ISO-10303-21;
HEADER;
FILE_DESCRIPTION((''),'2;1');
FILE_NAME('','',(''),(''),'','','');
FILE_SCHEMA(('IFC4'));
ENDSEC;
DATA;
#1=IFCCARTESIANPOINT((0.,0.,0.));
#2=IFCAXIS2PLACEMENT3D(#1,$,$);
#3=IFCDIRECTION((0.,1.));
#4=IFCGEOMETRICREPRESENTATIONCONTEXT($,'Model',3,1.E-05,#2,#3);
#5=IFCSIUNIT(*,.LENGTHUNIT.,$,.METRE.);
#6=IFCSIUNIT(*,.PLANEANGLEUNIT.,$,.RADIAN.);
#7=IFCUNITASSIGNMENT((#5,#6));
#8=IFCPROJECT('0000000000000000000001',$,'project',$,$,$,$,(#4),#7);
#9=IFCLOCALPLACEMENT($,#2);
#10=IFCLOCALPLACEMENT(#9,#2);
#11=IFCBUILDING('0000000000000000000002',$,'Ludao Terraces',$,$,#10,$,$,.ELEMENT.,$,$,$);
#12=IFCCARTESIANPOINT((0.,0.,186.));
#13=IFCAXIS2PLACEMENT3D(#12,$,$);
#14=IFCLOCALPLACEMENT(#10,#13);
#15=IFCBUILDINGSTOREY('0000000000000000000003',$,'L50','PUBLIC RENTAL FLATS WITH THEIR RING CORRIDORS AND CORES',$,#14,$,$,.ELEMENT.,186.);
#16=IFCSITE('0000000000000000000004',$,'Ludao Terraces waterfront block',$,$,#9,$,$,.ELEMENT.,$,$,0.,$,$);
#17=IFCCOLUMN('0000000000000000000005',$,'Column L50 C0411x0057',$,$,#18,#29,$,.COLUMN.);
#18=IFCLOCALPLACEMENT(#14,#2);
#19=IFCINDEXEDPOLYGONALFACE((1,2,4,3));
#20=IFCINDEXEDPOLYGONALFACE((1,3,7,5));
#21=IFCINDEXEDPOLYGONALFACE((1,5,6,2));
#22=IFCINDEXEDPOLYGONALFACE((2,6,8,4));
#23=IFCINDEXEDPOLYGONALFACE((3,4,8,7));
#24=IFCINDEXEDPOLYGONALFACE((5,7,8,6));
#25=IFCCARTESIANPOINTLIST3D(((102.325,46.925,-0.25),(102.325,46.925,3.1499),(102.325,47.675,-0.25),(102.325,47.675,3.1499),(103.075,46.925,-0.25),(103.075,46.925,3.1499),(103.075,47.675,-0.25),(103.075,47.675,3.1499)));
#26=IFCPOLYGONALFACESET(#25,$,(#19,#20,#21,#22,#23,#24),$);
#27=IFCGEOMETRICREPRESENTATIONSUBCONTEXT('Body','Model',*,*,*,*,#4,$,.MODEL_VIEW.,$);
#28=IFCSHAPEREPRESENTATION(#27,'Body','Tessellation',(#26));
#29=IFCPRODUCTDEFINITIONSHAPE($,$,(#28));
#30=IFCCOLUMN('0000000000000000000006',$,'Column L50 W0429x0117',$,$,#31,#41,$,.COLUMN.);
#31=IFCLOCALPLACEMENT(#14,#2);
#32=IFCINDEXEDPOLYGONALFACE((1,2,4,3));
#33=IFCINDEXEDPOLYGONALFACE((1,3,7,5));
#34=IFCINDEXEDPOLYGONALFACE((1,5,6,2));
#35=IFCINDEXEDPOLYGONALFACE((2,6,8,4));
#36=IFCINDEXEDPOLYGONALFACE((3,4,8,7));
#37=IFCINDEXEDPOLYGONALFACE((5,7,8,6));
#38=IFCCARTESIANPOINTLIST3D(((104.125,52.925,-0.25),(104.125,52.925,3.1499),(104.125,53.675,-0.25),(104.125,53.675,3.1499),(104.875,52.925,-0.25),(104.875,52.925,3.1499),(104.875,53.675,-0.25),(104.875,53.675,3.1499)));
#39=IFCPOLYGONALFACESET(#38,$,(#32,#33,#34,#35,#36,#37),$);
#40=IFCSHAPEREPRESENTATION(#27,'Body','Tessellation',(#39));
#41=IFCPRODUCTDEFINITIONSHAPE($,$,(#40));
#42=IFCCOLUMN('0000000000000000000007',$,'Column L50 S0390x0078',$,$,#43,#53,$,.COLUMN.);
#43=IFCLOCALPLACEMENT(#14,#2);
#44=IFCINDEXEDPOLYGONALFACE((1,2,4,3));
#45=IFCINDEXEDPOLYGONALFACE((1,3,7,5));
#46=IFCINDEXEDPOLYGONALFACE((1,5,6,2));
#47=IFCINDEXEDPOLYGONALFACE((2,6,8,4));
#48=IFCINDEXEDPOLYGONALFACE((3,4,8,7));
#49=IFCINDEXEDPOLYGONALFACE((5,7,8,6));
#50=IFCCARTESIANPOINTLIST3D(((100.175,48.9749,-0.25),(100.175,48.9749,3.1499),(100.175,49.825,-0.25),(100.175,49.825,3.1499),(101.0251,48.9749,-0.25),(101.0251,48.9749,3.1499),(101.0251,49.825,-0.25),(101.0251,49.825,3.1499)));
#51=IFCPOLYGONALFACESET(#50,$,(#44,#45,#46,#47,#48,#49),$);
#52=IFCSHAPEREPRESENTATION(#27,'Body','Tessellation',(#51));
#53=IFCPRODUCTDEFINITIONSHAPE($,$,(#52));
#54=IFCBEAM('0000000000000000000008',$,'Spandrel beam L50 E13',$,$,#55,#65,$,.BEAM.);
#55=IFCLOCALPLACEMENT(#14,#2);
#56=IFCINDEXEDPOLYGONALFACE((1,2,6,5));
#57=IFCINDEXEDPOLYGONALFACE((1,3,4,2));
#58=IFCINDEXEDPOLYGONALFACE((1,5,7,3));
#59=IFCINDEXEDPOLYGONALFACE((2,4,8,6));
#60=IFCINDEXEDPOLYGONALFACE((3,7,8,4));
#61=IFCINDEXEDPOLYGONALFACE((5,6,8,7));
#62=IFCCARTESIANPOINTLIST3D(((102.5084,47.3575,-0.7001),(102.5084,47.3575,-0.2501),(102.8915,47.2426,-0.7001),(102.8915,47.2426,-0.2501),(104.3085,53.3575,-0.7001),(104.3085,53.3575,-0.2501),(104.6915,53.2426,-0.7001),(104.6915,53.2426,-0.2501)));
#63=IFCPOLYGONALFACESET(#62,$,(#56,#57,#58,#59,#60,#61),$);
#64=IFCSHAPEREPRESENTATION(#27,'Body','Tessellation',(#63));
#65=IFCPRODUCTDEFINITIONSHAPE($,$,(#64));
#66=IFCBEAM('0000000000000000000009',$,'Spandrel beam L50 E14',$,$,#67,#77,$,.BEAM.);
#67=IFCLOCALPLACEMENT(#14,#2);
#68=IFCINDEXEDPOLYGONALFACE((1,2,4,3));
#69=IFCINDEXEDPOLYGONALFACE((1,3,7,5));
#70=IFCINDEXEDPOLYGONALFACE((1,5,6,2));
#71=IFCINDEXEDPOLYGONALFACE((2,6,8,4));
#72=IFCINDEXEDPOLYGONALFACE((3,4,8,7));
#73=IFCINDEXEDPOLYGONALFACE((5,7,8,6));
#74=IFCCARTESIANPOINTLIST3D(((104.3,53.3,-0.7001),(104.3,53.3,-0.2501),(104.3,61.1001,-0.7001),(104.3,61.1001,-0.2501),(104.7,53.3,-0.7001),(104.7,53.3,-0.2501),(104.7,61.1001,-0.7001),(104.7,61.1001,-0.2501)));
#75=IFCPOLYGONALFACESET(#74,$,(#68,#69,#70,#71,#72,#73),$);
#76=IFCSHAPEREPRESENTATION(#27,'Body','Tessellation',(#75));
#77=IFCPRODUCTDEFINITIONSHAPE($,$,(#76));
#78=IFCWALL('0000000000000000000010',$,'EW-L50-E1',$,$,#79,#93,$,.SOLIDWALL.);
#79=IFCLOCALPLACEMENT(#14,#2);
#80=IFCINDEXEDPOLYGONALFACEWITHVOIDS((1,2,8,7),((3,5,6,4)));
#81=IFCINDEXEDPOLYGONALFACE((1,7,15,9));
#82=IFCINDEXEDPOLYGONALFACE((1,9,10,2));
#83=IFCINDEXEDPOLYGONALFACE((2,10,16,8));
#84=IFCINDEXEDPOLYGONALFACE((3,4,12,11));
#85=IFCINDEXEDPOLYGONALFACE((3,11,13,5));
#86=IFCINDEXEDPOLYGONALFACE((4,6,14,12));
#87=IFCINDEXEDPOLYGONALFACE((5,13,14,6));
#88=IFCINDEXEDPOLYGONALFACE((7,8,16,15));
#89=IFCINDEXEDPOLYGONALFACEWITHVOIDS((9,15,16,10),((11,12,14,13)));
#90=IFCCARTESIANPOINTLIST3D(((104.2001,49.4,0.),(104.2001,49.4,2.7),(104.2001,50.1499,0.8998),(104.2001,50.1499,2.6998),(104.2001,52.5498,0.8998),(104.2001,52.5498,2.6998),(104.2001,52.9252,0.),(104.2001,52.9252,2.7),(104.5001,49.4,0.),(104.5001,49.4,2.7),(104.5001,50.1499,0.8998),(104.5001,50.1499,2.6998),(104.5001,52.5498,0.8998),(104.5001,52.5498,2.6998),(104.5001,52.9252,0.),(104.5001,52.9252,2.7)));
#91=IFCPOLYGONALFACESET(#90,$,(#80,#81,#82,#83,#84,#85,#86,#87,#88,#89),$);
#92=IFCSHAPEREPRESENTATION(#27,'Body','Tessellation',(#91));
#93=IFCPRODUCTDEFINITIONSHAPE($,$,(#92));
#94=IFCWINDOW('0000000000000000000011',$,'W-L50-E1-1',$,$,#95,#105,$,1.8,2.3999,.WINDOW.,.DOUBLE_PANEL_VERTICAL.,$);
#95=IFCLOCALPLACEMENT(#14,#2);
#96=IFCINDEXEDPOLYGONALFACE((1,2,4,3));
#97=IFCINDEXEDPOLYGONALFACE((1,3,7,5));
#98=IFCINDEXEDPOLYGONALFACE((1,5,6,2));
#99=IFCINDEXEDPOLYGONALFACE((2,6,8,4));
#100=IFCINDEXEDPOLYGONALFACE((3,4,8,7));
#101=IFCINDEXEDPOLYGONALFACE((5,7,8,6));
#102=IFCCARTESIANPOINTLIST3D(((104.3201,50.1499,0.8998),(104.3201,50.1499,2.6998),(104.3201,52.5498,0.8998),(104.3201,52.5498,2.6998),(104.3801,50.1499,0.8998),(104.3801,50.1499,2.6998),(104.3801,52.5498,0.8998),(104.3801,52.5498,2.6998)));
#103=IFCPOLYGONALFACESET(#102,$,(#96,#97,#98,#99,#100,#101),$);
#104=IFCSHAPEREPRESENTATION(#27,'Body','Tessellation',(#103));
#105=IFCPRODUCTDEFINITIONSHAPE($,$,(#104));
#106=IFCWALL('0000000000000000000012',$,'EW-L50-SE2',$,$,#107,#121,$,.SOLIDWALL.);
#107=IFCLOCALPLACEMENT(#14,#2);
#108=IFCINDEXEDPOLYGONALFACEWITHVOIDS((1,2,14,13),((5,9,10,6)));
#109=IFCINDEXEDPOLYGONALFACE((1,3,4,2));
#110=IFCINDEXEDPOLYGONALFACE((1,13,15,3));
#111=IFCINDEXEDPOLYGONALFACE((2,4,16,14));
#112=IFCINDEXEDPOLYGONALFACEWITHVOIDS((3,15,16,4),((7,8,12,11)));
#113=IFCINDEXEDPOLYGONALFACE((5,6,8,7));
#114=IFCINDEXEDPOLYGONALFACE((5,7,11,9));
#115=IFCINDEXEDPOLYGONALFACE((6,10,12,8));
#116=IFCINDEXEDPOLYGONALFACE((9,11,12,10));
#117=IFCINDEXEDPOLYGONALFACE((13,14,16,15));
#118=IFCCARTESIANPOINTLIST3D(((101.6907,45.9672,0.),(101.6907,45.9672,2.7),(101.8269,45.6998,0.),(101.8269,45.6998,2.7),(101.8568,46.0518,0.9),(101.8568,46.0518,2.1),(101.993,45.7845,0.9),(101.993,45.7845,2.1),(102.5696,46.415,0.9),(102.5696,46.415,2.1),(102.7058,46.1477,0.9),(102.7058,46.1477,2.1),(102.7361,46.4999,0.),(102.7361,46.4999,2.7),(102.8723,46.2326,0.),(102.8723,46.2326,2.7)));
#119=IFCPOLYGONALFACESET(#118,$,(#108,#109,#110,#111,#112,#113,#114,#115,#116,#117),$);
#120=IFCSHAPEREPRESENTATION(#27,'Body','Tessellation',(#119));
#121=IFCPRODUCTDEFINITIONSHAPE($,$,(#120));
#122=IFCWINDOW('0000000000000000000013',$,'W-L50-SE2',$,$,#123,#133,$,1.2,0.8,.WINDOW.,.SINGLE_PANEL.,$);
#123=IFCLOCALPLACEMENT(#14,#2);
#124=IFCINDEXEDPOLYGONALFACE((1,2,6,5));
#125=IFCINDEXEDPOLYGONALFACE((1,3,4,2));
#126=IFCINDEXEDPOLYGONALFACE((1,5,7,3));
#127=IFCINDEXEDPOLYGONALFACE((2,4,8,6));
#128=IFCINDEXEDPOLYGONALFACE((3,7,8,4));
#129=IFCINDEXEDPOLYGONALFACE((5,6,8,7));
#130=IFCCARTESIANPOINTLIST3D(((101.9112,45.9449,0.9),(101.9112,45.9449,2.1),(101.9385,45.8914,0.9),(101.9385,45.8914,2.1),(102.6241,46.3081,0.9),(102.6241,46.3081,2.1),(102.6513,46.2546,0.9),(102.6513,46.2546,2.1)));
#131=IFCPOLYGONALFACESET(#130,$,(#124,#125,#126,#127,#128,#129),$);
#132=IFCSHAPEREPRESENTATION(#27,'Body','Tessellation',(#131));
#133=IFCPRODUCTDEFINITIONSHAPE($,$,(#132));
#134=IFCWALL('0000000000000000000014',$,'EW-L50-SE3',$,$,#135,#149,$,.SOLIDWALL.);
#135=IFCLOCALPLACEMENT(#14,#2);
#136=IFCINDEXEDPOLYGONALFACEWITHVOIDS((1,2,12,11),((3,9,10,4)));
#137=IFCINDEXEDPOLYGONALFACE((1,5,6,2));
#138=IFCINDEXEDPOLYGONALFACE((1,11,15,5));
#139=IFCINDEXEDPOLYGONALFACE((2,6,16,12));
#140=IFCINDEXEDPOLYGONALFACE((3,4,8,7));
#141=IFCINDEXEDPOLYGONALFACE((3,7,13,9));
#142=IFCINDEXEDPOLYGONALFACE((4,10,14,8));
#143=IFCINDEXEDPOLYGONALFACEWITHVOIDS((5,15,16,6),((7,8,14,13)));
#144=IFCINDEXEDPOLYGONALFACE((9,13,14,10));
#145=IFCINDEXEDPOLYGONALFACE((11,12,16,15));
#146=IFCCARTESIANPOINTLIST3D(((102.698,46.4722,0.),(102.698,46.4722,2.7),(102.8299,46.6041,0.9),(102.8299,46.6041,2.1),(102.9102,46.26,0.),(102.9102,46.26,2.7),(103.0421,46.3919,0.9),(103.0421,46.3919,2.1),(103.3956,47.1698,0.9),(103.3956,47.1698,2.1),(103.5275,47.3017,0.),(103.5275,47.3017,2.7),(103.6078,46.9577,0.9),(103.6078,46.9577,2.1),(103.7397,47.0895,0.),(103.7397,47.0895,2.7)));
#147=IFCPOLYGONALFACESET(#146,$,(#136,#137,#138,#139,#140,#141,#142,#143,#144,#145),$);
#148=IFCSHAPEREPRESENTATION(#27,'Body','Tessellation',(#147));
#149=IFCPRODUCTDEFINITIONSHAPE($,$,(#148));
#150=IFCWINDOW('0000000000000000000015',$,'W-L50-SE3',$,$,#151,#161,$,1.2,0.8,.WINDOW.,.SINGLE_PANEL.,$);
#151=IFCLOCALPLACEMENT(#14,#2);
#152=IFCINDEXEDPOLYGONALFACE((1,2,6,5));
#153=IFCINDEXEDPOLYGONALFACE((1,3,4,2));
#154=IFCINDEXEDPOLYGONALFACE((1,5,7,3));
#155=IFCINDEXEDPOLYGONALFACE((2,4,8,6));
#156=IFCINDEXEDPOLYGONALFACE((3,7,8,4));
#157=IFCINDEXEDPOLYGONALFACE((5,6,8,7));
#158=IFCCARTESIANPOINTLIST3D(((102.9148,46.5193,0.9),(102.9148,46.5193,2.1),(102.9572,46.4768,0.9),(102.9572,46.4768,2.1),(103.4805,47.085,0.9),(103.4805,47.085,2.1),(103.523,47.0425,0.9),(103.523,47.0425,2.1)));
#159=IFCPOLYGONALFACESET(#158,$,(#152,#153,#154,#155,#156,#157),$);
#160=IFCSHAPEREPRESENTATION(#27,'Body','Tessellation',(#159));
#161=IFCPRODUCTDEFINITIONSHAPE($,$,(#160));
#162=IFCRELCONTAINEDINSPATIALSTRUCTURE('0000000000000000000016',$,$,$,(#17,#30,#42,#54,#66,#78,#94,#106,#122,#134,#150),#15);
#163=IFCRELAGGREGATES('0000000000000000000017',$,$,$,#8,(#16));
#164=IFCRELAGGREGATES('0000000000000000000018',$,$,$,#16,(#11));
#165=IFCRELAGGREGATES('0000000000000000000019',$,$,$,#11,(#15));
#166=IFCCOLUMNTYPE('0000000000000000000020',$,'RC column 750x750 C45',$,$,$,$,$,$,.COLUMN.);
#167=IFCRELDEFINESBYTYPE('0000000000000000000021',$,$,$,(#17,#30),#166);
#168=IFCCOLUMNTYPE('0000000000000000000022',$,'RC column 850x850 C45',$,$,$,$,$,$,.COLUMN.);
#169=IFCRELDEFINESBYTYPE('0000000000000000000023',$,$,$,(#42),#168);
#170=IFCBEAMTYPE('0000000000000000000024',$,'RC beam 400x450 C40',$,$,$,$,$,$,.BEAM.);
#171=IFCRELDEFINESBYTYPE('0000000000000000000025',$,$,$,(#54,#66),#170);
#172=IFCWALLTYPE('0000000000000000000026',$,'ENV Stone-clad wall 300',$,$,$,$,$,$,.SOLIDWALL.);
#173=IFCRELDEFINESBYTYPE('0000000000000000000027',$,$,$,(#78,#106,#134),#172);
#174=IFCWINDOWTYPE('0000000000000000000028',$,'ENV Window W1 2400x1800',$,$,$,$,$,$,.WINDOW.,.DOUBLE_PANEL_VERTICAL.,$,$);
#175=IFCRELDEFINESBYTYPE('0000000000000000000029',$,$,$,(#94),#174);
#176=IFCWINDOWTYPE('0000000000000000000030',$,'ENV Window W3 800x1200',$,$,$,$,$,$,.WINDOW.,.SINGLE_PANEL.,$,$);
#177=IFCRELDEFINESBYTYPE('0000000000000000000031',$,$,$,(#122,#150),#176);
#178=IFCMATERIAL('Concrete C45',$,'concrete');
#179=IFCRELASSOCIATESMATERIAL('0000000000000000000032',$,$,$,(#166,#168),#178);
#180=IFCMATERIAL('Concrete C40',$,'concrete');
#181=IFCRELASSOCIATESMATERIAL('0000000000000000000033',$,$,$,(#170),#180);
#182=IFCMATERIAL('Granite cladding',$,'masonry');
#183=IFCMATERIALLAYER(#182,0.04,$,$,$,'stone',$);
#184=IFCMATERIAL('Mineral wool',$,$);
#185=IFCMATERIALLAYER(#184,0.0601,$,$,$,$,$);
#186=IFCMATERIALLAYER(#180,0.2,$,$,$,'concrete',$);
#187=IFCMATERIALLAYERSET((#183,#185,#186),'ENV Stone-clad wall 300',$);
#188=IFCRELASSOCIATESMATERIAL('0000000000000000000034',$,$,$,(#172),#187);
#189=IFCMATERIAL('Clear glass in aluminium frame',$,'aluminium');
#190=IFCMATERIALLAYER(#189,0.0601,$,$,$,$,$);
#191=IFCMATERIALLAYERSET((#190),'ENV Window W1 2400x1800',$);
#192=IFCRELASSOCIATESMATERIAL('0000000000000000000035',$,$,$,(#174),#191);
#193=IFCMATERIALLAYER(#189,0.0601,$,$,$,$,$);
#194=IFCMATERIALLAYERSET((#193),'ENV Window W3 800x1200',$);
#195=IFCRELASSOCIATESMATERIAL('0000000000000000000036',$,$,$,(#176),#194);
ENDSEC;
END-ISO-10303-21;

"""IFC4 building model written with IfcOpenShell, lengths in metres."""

from ifc_helpers import new_model, si_unit, direction, frame, frame_2d, origin, origin_2d, place, context, subcontext, project, spatial, rectangle, extrude, material, layer, layer_set, material_profile, profile_set, type_object, element, fill, save


model = new_model("IFC4")

# Units and contexts
model_context = context("Model", 3, precision=1e-05, world=origin(), true_north=direction((0.0, 1.0)))
body_context = subcontext(model_context, "Body", "Model", "MODEL_VIEW")
ifc_project = project(units=[si_unit("LENGTHUNIT", "METRE"), si_unit("PLANEANGLEUNIT", "RADIAN")], contexts=[model_context])

# Site, building, storey
site_placement = place(None, origin())
site = spatial("IfcSite", under=ifc_project, at=site_placement, Name="Ludao Terraces waterfront block", CompositionType="ELEMENT", RefElevation=0.0)
building_placement = place(site_placement, origin())
building = spatial("IfcBuilding", under=site, at=building_placement, Name="Ludao Terraces", CompositionType="ELEMENT")
storey_placement = place(building_placement, frame((0.0, 0.0, 186.0)))
storey = spatial("IfcBuildingStorey", under=building, at=storey_placement, Name="L50", Description="PUBLIC RENTAL FLATS WITH THEIR RING CORRIDORS AND CORES", CompositionType="ELEMENT", Elevation=186.0)

# Columns
ifc_material_1 = material(Name="Concrete C45", Category="concrete")
ifc_material_profile_1 = material_profile(ifc_material_1, rectangle(XDim=0.75, YDim=0.75, at=origin_2d()), Name="750 X 750")
ifc_profile_set_1 = profile_set([ifc_material_profile_1], Name="Concrete C45")
column_type_1 = type_object("IfcColumnType", Name="RC column 750x750 C45", PredefinedType="COLUMN", material=ifc_profile_set_1)
for number, where, z_axis, x_axis, name in (
    (1, (102.7, 47.3, -0.25), (0.0, 0.0, 1.0), (1.0, 0.0, 0.0), "Column L50 C0411x0057"),
    (2, (104.5, 53.3, -0.25), (0.0, 0.0, 1.0), (1.0, 0.0, 0.0), "Column L50 W0429x0117"),
):
    element("IfcColumn", number, at=place(storey_placement, frame(where, z_axis=z_axis, x_axis=x_axis)), inside=storey, type_object=column_type_1, Name=name, PredefinedType="COLUMN", context=body_context, shape_type="SweptSolid", body=[
        extrude(rectangle(XDim=0.75, YDim=0.75, at=origin_2d()), origin(), (0.0, 0.0, 1.0), 3.3999),
    ])
ifc_material_profile_2 = material_profile(ifc_material_1, rectangle(XDim=0.8501, YDim=0.8501, at=origin_2d()), Name="850 X 850")
ifc_profile_set_2 = profile_set([ifc_material_profile_2], Name="Concrete C45")
column_type_2 = type_object("IfcColumnType", Name="RC column 850x850 C45", PredefinedType="COLUMN", material=ifc_profile_set_2)
column_placement = place(storey_placement, frame((100.6001, 49.3999, -0.25), z_axis=(0.0, 0.0, 1.0), x_axis=(1.0, 0.0, 0.0)))
element("IfcColumn", 3, at=column_placement, inside=storey, type_object=column_type_2, Name="Column L50 S0390x0078", PredefinedType="COLUMN", context=body_context, shape_type="SweptSolid", body=[
    extrude(rectangle(XDim=0.8501, YDim=0.8501, at=origin_2d()), origin(), (0.0, 0.0, 1.0), 3.3999),
])

# Beams
ifc_material_2 = material(Name="Concrete C40", Category="concrete")
ifc_material_profile_3 = material_profile(ifc_material_2, rectangle(XDim=0.3999, YDim=0.45, at=origin_2d()), Name="400 X 450")
ifc_profile_set_3 = profile_set([ifc_material_profile_3], Name="Concrete C40")
beam_type = type_object("IfcBeamType", Name="RC beam 400x450 C40", PredefinedType="BEAM", material=ifc_profile_set_3)
beam_1_placement = place(storey_placement, frame((102.7, 47.3, -0.4751), z_axis=(0.287355, 0.957824, 0.0), x_axis=(-0.957824, 0.287355, 0.0)))
element("IfcBeam", 4, at=beam_1_placement, inside=storey, type_object=beam_type, Name="Spandrel beam L50 E13", PredefinedType="BEAM", context=body_context, shape_type="SweptSolid", body=[
    extrude(rectangle(XDim=0.3999, YDim=0.45, at=origin_2d()), origin(), (0.0, 0.0, 1.0), 6.2642),
])
beam_2_placement = place(storey_placement, frame((104.5, 53.3, -0.4751), z_axis=(0.0, 1.0, 0.0), x_axis=(-1.0, 0.0, 0.0)))
element("IfcBeam", 5, at=beam_2_placement, inside=storey, type_object=beam_type, Name="Spandrel beam L50 E14", PredefinedType="BEAM", context=body_context, shape_type="SweptSolid", body=[
    extrude(rectangle(XDim=0.3999, YDim=0.45, at=origin_2d()), origin(), (0.0, 0.0, 1.0), 7.8),
])

# Walls, openings, windows
ifc_material_3 = material(Name="Granite cladding", Category="masonry")
ifc_layer_1 = layer(ifc_material_3, 0.04, Category="stone")
ifc_material_4 = material(Name="Mineral wool")
ifc_layer_2 = layer(ifc_material_4, 0.0601)
ifc_layer_3 = layer(ifc_material_2, 0.2, Category="concrete")
ifc_layer_set_1 = layer_set([ifc_layer_1, ifc_layer_2, ifc_layer_3], Name="ENV Stone-clad wall 300")
wall_type = type_object("IfcWallType", Name="ENV Stone-clad wall 300", PredefinedType="SOLIDWALL", material=ifc_layer_set_1)
wall_1_placement = place(storey_placement, frame((104.3501, 49.3999, 0.0), z_axis=(0.0, 0.0, 1.0), x_axis=(0.0, 1.0, 0.0)))
wall_1 = element("IfcWall", 6, at=wall_1_placement, inside=storey, type_object=wall_type, Name="EW-L50-E1", PredefinedType="SOLIDWALL", context=body_context, shape_type="SweptSolid", body=[
    extrude(rectangle(XDim=3.5251, YDim=0.3, at=frame_2d((1.7627, 0.0))), origin(), (0.0, 0.0, 1.0), 2.7),
])
opening_1_placement = place(wall_1_placement, frame((0.75, 0.0, 0.8999)))
opening_1 = element("IfcOpeningElement", 7, at=opening_1_placement, cuts=wall_1, PredefinedType="OPENING", context=body_context, shape_type="SweptSolid", body=[
    extrude(rectangle(XDim=2.3999, YDim=1.8, at=frame_2d((1.2, 0.8999))), frame((0.0, 0.1602, 0.0), z_axis=(0.0, -1.0, 0.0), x_axis=(1.0, 0.0, 0.0)), (0.0, 0.0, 1.0), 0.3201),
])
ifc_material_5 = material(Name="Clear glass in aluminium frame", Category="aluminium")
ifc_layer_4 = layer(ifc_material_5, 0.0601)
ifc_layer_set_2 = layer_set([ifc_layer_4], Name="ENV Window W1 2400x1800")
window_type_1 = type_object("IfcWindowType", Name="ENV Window W1 2400x1800", PartitioningType="DOUBLE_PANEL_VERTICAL", PredefinedType="WINDOW", material=ifc_layer_set_2)
window_1_placement = place(opening_1_placement, origin())
window_1 = element("IfcWindow", 8, at=window_1_placement, inside=storey, type_object=window_type_1, Name="W-L50-E1-1", OverallHeight=1.8, OverallWidth=2.3999, PartitioningType="DOUBLE_PANEL_VERTICAL", PredefinedType="WINDOW", context=body_context, shape_type="SweptSolid", body=[
    extrude(rectangle(XDim=2.3999, YDim=1.8, at=frame_2d((1.2, 0.8999))), frame((0.0, 0.03, 0.0), z_axis=(0.0, -1.0, 0.0), x_axis=(1.0, 0.0, 0.0)), (0.0, 0.0, 1.0), 0.0601),
])
fill(opening_1, window_1)
wall_2_placement = place(storey_placement, frame((101.7588, 45.8335, 0.0), z_axis=(0.0, 0.0, 1.0), x_axis=(0.890989, 0.454026, 0.0)))
wall_2 = element("IfcWall", 9, at=wall_2_placement, inside=storey, type_object=wall_type, Name="EW-L50-SE2", PredefinedType="SOLIDWALL", context=body_context, shape_type="SweptSolid", body=[
    extrude(rectangle(XDim=1.1733, YDim=0.3, at=frame_2d((0.5867, 0.0))), origin(), (0.0, 0.0, 1.0), 2.7),
])
opening_2_placement = place(wall_2_placement, frame((0.1865, 0.0, 0.8999)))
opening_2 = element("IfcOpeningElement", 10, at=opening_2_placement, cuts=wall_2, PredefinedType="OPENING", context=body_context, shape_type="SweptSolid", body=[
    extrude(rectangle(XDim=0.8, YDim=1.2, at=frame_2d((0.3999, 0.6001))), frame((0.0, 0.1602, 0.0), z_axis=(0.0, -1.0, 0.0), x_axis=(1.0, 0.0, 0.0)), (0.0, 0.0, 1.0), 0.3201),
])
ifc_layer_5 = layer(ifc_material_5, 0.0601)
ifc_layer_set_3 = layer_set([ifc_layer_5], Name="ENV Window W3 800x1200")
window_type_2 = type_object("IfcWindowType", Name="ENV Window W3 800x1200", PartitioningType="SINGLE_PANEL", PredefinedType="WINDOW", material=ifc_layer_set_3)
window_2_placement = place(opening_2_placement, origin())
window_2 = element("IfcWindow", 11, at=window_2_placement, inside=storey, type_object=window_type_2, Name="W-L50-SE2", OverallHeight=1.2, OverallWidth=0.8, PartitioningType="SINGLE_PANEL", PredefinedType="WINDOW", context=body_context, shape_type="SweptSolid", body=[
    extrude(rectangle(XDim=0.8, YDim=1.2, at=frame_2d((0.3999, 0.6001))), frame((0.0, 0.03, 0.0), z_axis=(0.0, -1.0, 0.0), x_axis=(1.0, 0.0, 0.0)), (0.0, 0.0, 1.0), 0.0601),
])
fill(opening_2, window_2)
wall_3_placement = place(storey_placement, frame((102.8042, 46.3662, 0.0), z_axis=(0.0, 0.0, 1.0), x_axis=(0.707107, 0.707107, 0.0)))
wall_3 = element("IfcWall", 12, at=wall_3_placement, inside=storey, type_object=wall_type, Name="EW-L50-SE3", PredefinedType="SOLIDWALL", context=body_context, shape_type="SweptSolid", body=[
    extrude(rectangle(XDim=1.1731, YDim=0.3, at=frame_2d((0.5864, 0.0))), origin(), (0.0, 0.0, 1.0), 2.7),
])
opening_3_placement = place(wall_3_placement, frame((0.1865, 0.0, 0.8999)))
opening_3 = element("IfcOpeningElement", 13, at=opening_3_placement, cuts=wall_3, PredefinedType="OPENING", context=body_context, shape_type="SweptSolid", body=[
    extrude(rectangle(XDim=0.8, YDim=1.2, at=frame_2d((0.3999, 0.6001))), frame((0.0, 0.1602, 0.0), z_axis=(0.0, -1.0, 0.0), x_axis=(1.0, 0.0, 0.0)), (0.0, 0.0, 1.0), 0.3201),
])
window_3_placement = place(opening_3_placement, origin())
window_3 = element("IfcWindow", 14, at=window_3_placement, inside=storey, type_object=window_type_2, Name="W-L50-SE3", OverallHeight=1.2, OverallWidth=0.8, PartitioningType="SINGLE_PANEL", PredefinedType="WINDOW", context=body_context, shape_type="SweptSolid", body=[
    extrude(rectangle(XDim=0.8, YDim=1.2, at=frame_2d((0.3999, 0.6001))), frame((0.0, 0.03, 0.0), z_axis=(0.0, -1.0, 0.0), x_axis=(1.0, 0.0, 0.0)), (0.0, 0.0, 1.0), 0.0601),
])
fill(opening_3, window_3)

save(model, "model.ifc")
